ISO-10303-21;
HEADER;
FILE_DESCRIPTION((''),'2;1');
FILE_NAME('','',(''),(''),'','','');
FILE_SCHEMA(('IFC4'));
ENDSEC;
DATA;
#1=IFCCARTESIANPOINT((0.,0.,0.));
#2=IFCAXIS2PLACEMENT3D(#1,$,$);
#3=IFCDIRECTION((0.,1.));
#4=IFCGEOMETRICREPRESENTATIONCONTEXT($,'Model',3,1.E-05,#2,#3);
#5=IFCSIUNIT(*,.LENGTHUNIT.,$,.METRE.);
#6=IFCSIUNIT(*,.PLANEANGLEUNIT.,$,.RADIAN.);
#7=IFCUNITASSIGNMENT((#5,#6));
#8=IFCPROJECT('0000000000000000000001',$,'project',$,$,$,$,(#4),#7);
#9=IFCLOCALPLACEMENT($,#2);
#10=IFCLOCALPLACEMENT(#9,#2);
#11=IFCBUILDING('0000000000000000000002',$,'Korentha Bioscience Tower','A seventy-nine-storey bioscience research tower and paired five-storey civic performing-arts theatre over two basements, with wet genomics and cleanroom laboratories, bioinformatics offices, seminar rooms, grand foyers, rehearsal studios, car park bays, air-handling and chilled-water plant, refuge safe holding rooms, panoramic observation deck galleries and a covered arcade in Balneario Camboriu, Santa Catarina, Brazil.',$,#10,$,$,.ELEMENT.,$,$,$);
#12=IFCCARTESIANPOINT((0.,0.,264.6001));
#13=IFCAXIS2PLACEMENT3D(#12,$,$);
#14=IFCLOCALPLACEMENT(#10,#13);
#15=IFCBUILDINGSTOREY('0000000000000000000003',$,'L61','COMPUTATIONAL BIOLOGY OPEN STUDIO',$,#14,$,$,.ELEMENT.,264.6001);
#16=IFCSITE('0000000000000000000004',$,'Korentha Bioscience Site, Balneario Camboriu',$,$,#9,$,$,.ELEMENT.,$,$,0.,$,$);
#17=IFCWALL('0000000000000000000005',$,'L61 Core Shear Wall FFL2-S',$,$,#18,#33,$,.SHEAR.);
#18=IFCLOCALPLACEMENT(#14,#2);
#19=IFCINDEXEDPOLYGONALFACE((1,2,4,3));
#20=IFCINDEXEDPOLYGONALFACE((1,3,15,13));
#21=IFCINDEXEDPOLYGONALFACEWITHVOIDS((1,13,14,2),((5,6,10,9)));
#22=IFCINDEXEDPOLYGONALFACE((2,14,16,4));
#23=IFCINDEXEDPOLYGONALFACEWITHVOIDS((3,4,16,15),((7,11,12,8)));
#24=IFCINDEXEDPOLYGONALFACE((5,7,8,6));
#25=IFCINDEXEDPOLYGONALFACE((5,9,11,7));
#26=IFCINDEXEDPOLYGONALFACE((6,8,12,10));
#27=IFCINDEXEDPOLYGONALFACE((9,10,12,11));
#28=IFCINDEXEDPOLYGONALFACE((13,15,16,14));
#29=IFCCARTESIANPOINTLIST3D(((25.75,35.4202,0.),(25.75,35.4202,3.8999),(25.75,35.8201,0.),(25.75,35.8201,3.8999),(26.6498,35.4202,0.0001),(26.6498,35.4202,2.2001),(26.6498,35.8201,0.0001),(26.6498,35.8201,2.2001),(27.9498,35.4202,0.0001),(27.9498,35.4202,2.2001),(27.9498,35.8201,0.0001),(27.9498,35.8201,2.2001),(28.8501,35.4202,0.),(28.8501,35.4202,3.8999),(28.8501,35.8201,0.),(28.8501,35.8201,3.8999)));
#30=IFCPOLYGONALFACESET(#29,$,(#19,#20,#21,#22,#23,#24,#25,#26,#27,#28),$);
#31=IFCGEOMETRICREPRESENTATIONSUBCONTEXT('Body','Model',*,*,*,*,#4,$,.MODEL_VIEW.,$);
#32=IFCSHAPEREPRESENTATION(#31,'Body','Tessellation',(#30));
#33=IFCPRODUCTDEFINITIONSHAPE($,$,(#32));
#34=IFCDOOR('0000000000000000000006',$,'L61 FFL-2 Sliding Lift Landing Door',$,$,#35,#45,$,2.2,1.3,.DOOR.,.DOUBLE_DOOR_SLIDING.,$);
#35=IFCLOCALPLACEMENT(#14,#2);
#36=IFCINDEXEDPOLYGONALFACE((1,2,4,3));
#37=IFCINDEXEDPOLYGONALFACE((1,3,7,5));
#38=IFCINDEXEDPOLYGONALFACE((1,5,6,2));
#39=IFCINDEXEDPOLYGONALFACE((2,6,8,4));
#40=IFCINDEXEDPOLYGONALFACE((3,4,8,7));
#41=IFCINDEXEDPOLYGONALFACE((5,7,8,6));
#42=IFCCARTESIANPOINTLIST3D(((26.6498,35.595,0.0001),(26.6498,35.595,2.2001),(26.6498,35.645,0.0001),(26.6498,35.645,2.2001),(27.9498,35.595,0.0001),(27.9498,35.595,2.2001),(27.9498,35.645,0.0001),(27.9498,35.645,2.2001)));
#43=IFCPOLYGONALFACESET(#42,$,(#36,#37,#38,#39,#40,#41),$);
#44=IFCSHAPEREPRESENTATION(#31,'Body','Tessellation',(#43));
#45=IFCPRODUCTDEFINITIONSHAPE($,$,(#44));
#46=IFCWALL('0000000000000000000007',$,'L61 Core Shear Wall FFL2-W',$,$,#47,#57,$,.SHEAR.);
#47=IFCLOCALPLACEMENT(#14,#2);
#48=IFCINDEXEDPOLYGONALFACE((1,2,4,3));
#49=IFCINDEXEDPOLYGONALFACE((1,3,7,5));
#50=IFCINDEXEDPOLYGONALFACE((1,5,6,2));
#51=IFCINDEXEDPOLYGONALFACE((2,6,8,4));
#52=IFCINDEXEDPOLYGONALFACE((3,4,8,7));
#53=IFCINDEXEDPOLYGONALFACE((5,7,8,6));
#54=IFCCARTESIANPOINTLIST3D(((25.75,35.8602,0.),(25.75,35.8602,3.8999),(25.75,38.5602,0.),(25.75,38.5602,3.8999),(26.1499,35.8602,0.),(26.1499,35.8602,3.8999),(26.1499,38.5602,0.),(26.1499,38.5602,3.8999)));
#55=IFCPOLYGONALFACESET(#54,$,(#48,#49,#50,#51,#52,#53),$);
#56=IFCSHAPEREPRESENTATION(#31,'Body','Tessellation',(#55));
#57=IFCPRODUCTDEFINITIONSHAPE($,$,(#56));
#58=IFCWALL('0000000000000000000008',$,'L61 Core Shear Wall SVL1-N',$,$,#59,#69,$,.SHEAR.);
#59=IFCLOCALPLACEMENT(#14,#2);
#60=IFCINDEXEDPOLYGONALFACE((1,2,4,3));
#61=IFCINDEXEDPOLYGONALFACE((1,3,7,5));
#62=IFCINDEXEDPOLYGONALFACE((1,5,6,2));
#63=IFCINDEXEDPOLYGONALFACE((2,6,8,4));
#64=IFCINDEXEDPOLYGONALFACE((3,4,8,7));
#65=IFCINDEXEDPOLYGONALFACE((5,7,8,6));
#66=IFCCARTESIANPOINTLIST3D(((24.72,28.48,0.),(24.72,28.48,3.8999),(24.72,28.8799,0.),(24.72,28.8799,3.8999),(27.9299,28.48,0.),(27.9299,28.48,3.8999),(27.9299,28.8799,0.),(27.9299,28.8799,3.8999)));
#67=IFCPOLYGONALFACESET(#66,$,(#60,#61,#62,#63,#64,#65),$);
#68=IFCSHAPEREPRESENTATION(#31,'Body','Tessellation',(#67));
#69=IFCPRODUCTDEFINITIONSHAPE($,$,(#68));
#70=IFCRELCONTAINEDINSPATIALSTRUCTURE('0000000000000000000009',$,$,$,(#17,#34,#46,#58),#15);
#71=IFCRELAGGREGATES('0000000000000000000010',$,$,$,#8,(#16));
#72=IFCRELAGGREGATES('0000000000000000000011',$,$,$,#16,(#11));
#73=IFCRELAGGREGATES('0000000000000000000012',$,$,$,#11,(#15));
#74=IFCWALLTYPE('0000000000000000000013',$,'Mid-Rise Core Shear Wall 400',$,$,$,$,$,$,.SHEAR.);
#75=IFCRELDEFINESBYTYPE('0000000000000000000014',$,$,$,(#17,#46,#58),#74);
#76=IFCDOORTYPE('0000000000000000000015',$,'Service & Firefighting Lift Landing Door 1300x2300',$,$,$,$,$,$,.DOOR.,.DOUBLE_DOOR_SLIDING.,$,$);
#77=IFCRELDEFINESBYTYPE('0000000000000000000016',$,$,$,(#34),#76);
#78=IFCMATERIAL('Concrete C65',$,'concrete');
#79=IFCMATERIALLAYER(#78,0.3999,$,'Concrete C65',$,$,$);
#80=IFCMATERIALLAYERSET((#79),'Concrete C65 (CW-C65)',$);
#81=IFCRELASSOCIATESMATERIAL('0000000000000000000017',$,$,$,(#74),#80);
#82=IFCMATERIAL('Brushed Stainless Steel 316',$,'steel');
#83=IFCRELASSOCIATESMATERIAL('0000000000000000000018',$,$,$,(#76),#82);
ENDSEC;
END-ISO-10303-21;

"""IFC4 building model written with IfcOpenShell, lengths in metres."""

from ifc_helpers import new_model, si_unit, direction, frame, frame_2d, origin, place, context, subcontext, project, spatial, rectangle, extrude, material, layer, layer_set, type_object, element, fill, save


model = new_model("IFC4")

# Units and contexts
model_context = context("Model", 3, precision=1e-05, world=origin(), true_north=direction((0.0, 1.0)))
body_context = subcontext(model_context, "Body", "Model", "MODEL_VIEW")
ifc_project = project(units=[si_unit("LENGTHUNIT", "METRE"), si_unit("PLANEANGLEUNIT", "RADIAN")], contexts=[model_context])

# Site, building, storey
site_placement = place(None, origin())
site = spatial("IfcSite", under=ifc_project, at=site_placement, Name="Korentha Bioscience Site, Balneario Camboriu", CompositionType="ELEMENT", RefElevation=0.0)
building_placement = place(site_placement, origin())
building = spatial("IfcBuilding", under=site, at=building_placement, Name="Korentha Bioscience Tower", Description="A seventy-nine-storey bioscience research tower and paired five-storey civic performing-arts theatre over two basements, with wet genomics and cleanroom laboratories, bioinformatics offices, seminar rooms, grand foyers, rehearsal studios, car park bays, air-handling and chilled-water plant, refuge safe holding rooms, panoramic observation deck galleries and a covered arcade in Balneario Camboriu, Santa Catarina, Brazil.", CompositionType="ELEMENT")
storey_placement = place(building_placement, frame((0.0, 0.0, 264.6001)))
storey = spatial("IfcBuildingStorey", under=building, at=storey_placement, Name="L61", Description="COMPUTATIONAL BIOLOGY OPEN STUDIO", CompositionType="ELEMENT", Elevation=264.6001)

# Shared definitions
ifc_material_1 = material(Name="Concrete C65", Category="concrete")

# Shared definitions
ifc_layer_1 = layer(ifc_material_1, 0.3999, Name="Concrete C65")
ifc_layer_set_1 = layer_set([ifc_layer_1], Name="Concrete C65 (CW-C65)")
wall_type_1 = type_object("IfcWallType", Name="Mid-Rise Core Shear Wall 400", PredefinedType="SHEAR", material=ifc_layer_set_1)

# Wall, opening, door
wall_1_placement = place(storey_placement, frame((25.75, 35.6201, 0.0), z_axis=(0.0, 0.0, 1.0), x_axis=(1.0, 0.0, 0.0)))
wall_1 = element("IfcWall", 1, at=wall_1_placement, inside=storey, type_object=wall_type_1, Name="L61 Core Shear Wall FFL2-S", PredefinedType="SHEAR", context=body_context, shape_type="SweptSolid", body=[
    extrude(rectangle(XDim=3.1001, YDim=0.3999, at=frame_2d((1.55, 0.0))), origin(), (0.0, 0.0, 1.0), 3.8999),
])
opening_1_placement = place(wall_1_placement, frame((0.8999, 0.0, 0.0)))
opening_1 = element("IfcOpeningElement", 2, at=opening_1_placement, cuts=wall_1, PredefinedType="OPENING", context=body_context, shape_type="SweptSolid", body=[
    extrude(rectangle(XDim=1.3, YDim=2.2, at=frame_2d((0.6499, 1.1001))), frame((0.0, 0.2148, 0.0), z_axis=(0.0, -1.0, 0.0), x_axis=(1.0, 0.0, 0.0)), (0.0, 0.0, 1.0), 0.4297),
])
ifc_material_2 = material(Name="Brushed Stainless Steel 316", Category="steel")
door_type_1 = type_object("IfcDoorType", Name="Service & Firefighting Lift Landing Door 1300x2300", OperationType="DOUBLE_DOOR_SLIDING", PredefinedType="DOOR", material=ifc_material_2)
door_1_placement = place(opening_1_placement, origin())
door_1 = element("IfcDoor", 3, at=door_1_placement, inside=storey, type_object=door_type_1, Name="L61 FFL-2 Sliding Lift Landing Door", OperationType="DOUBLE_DOOR_SLIDING", OverallHeight=2.2, OverallWidth=1.3, PredefinedType="DOOR", context=body_context, shape_type="SweptSolid", body=[
    extrude(rectangle(XDim=1.3, YDim=2.2, at=frame_2d((0.6499, 1.1001))), frame((0.0, 0.0249, 0.0), z_axis=(0.0, -1.0, 0.0), x_axis=(1.0, 0.0, 0.0)), (0.0, 0.0, 1.0), 0.05),
])
fill(opening_1, door_1)

# Walls
wall_2_placement = place(storey_placement, frame((25.95, 35.8601, 0.0), z_axis=(0.0, 0.0, 1.0), x_axis=(0.0, 1.0, 0.0)))
element("IfcWall", 4, at=wall_2_placement, inside=storey, type_object=wall_type_1, Name="L61 Core Shear Wall FFL2-W", PredefinedType="SHEAR", context=body_context, shape_type="SweptSolid", body=[
    extrude(rectangle(XDim=2.7, YDim=0.3999, at=frame_2d((1.3501, 0.0))), origin(), (0.0, 0.0, 1.0), 3.8999),
])
wall_3_placement = place(storey_placement, frame((24.72, 28.6799, 0.0), z_axis=(0.0, 0.0, 1.0), x_axis=(1.0, 0.0, 0.0)))
element("IfcWall", 5, at=wall_3_placement, inside=storey, type_object=wall_type_1, Name="L61 Core Shear Wall SVL1-N", PredefinedType="SHEAR", context=body_context, shape_type="SweptSolid", body=[
    extrude(rectangle(XDim=3.21, YDim=0.3999, at=frame_2d((1.605, 0.0))), origin(), (0.0, 0.0, 1.0), 3.8999),
])

save(model, "model.ifc")
